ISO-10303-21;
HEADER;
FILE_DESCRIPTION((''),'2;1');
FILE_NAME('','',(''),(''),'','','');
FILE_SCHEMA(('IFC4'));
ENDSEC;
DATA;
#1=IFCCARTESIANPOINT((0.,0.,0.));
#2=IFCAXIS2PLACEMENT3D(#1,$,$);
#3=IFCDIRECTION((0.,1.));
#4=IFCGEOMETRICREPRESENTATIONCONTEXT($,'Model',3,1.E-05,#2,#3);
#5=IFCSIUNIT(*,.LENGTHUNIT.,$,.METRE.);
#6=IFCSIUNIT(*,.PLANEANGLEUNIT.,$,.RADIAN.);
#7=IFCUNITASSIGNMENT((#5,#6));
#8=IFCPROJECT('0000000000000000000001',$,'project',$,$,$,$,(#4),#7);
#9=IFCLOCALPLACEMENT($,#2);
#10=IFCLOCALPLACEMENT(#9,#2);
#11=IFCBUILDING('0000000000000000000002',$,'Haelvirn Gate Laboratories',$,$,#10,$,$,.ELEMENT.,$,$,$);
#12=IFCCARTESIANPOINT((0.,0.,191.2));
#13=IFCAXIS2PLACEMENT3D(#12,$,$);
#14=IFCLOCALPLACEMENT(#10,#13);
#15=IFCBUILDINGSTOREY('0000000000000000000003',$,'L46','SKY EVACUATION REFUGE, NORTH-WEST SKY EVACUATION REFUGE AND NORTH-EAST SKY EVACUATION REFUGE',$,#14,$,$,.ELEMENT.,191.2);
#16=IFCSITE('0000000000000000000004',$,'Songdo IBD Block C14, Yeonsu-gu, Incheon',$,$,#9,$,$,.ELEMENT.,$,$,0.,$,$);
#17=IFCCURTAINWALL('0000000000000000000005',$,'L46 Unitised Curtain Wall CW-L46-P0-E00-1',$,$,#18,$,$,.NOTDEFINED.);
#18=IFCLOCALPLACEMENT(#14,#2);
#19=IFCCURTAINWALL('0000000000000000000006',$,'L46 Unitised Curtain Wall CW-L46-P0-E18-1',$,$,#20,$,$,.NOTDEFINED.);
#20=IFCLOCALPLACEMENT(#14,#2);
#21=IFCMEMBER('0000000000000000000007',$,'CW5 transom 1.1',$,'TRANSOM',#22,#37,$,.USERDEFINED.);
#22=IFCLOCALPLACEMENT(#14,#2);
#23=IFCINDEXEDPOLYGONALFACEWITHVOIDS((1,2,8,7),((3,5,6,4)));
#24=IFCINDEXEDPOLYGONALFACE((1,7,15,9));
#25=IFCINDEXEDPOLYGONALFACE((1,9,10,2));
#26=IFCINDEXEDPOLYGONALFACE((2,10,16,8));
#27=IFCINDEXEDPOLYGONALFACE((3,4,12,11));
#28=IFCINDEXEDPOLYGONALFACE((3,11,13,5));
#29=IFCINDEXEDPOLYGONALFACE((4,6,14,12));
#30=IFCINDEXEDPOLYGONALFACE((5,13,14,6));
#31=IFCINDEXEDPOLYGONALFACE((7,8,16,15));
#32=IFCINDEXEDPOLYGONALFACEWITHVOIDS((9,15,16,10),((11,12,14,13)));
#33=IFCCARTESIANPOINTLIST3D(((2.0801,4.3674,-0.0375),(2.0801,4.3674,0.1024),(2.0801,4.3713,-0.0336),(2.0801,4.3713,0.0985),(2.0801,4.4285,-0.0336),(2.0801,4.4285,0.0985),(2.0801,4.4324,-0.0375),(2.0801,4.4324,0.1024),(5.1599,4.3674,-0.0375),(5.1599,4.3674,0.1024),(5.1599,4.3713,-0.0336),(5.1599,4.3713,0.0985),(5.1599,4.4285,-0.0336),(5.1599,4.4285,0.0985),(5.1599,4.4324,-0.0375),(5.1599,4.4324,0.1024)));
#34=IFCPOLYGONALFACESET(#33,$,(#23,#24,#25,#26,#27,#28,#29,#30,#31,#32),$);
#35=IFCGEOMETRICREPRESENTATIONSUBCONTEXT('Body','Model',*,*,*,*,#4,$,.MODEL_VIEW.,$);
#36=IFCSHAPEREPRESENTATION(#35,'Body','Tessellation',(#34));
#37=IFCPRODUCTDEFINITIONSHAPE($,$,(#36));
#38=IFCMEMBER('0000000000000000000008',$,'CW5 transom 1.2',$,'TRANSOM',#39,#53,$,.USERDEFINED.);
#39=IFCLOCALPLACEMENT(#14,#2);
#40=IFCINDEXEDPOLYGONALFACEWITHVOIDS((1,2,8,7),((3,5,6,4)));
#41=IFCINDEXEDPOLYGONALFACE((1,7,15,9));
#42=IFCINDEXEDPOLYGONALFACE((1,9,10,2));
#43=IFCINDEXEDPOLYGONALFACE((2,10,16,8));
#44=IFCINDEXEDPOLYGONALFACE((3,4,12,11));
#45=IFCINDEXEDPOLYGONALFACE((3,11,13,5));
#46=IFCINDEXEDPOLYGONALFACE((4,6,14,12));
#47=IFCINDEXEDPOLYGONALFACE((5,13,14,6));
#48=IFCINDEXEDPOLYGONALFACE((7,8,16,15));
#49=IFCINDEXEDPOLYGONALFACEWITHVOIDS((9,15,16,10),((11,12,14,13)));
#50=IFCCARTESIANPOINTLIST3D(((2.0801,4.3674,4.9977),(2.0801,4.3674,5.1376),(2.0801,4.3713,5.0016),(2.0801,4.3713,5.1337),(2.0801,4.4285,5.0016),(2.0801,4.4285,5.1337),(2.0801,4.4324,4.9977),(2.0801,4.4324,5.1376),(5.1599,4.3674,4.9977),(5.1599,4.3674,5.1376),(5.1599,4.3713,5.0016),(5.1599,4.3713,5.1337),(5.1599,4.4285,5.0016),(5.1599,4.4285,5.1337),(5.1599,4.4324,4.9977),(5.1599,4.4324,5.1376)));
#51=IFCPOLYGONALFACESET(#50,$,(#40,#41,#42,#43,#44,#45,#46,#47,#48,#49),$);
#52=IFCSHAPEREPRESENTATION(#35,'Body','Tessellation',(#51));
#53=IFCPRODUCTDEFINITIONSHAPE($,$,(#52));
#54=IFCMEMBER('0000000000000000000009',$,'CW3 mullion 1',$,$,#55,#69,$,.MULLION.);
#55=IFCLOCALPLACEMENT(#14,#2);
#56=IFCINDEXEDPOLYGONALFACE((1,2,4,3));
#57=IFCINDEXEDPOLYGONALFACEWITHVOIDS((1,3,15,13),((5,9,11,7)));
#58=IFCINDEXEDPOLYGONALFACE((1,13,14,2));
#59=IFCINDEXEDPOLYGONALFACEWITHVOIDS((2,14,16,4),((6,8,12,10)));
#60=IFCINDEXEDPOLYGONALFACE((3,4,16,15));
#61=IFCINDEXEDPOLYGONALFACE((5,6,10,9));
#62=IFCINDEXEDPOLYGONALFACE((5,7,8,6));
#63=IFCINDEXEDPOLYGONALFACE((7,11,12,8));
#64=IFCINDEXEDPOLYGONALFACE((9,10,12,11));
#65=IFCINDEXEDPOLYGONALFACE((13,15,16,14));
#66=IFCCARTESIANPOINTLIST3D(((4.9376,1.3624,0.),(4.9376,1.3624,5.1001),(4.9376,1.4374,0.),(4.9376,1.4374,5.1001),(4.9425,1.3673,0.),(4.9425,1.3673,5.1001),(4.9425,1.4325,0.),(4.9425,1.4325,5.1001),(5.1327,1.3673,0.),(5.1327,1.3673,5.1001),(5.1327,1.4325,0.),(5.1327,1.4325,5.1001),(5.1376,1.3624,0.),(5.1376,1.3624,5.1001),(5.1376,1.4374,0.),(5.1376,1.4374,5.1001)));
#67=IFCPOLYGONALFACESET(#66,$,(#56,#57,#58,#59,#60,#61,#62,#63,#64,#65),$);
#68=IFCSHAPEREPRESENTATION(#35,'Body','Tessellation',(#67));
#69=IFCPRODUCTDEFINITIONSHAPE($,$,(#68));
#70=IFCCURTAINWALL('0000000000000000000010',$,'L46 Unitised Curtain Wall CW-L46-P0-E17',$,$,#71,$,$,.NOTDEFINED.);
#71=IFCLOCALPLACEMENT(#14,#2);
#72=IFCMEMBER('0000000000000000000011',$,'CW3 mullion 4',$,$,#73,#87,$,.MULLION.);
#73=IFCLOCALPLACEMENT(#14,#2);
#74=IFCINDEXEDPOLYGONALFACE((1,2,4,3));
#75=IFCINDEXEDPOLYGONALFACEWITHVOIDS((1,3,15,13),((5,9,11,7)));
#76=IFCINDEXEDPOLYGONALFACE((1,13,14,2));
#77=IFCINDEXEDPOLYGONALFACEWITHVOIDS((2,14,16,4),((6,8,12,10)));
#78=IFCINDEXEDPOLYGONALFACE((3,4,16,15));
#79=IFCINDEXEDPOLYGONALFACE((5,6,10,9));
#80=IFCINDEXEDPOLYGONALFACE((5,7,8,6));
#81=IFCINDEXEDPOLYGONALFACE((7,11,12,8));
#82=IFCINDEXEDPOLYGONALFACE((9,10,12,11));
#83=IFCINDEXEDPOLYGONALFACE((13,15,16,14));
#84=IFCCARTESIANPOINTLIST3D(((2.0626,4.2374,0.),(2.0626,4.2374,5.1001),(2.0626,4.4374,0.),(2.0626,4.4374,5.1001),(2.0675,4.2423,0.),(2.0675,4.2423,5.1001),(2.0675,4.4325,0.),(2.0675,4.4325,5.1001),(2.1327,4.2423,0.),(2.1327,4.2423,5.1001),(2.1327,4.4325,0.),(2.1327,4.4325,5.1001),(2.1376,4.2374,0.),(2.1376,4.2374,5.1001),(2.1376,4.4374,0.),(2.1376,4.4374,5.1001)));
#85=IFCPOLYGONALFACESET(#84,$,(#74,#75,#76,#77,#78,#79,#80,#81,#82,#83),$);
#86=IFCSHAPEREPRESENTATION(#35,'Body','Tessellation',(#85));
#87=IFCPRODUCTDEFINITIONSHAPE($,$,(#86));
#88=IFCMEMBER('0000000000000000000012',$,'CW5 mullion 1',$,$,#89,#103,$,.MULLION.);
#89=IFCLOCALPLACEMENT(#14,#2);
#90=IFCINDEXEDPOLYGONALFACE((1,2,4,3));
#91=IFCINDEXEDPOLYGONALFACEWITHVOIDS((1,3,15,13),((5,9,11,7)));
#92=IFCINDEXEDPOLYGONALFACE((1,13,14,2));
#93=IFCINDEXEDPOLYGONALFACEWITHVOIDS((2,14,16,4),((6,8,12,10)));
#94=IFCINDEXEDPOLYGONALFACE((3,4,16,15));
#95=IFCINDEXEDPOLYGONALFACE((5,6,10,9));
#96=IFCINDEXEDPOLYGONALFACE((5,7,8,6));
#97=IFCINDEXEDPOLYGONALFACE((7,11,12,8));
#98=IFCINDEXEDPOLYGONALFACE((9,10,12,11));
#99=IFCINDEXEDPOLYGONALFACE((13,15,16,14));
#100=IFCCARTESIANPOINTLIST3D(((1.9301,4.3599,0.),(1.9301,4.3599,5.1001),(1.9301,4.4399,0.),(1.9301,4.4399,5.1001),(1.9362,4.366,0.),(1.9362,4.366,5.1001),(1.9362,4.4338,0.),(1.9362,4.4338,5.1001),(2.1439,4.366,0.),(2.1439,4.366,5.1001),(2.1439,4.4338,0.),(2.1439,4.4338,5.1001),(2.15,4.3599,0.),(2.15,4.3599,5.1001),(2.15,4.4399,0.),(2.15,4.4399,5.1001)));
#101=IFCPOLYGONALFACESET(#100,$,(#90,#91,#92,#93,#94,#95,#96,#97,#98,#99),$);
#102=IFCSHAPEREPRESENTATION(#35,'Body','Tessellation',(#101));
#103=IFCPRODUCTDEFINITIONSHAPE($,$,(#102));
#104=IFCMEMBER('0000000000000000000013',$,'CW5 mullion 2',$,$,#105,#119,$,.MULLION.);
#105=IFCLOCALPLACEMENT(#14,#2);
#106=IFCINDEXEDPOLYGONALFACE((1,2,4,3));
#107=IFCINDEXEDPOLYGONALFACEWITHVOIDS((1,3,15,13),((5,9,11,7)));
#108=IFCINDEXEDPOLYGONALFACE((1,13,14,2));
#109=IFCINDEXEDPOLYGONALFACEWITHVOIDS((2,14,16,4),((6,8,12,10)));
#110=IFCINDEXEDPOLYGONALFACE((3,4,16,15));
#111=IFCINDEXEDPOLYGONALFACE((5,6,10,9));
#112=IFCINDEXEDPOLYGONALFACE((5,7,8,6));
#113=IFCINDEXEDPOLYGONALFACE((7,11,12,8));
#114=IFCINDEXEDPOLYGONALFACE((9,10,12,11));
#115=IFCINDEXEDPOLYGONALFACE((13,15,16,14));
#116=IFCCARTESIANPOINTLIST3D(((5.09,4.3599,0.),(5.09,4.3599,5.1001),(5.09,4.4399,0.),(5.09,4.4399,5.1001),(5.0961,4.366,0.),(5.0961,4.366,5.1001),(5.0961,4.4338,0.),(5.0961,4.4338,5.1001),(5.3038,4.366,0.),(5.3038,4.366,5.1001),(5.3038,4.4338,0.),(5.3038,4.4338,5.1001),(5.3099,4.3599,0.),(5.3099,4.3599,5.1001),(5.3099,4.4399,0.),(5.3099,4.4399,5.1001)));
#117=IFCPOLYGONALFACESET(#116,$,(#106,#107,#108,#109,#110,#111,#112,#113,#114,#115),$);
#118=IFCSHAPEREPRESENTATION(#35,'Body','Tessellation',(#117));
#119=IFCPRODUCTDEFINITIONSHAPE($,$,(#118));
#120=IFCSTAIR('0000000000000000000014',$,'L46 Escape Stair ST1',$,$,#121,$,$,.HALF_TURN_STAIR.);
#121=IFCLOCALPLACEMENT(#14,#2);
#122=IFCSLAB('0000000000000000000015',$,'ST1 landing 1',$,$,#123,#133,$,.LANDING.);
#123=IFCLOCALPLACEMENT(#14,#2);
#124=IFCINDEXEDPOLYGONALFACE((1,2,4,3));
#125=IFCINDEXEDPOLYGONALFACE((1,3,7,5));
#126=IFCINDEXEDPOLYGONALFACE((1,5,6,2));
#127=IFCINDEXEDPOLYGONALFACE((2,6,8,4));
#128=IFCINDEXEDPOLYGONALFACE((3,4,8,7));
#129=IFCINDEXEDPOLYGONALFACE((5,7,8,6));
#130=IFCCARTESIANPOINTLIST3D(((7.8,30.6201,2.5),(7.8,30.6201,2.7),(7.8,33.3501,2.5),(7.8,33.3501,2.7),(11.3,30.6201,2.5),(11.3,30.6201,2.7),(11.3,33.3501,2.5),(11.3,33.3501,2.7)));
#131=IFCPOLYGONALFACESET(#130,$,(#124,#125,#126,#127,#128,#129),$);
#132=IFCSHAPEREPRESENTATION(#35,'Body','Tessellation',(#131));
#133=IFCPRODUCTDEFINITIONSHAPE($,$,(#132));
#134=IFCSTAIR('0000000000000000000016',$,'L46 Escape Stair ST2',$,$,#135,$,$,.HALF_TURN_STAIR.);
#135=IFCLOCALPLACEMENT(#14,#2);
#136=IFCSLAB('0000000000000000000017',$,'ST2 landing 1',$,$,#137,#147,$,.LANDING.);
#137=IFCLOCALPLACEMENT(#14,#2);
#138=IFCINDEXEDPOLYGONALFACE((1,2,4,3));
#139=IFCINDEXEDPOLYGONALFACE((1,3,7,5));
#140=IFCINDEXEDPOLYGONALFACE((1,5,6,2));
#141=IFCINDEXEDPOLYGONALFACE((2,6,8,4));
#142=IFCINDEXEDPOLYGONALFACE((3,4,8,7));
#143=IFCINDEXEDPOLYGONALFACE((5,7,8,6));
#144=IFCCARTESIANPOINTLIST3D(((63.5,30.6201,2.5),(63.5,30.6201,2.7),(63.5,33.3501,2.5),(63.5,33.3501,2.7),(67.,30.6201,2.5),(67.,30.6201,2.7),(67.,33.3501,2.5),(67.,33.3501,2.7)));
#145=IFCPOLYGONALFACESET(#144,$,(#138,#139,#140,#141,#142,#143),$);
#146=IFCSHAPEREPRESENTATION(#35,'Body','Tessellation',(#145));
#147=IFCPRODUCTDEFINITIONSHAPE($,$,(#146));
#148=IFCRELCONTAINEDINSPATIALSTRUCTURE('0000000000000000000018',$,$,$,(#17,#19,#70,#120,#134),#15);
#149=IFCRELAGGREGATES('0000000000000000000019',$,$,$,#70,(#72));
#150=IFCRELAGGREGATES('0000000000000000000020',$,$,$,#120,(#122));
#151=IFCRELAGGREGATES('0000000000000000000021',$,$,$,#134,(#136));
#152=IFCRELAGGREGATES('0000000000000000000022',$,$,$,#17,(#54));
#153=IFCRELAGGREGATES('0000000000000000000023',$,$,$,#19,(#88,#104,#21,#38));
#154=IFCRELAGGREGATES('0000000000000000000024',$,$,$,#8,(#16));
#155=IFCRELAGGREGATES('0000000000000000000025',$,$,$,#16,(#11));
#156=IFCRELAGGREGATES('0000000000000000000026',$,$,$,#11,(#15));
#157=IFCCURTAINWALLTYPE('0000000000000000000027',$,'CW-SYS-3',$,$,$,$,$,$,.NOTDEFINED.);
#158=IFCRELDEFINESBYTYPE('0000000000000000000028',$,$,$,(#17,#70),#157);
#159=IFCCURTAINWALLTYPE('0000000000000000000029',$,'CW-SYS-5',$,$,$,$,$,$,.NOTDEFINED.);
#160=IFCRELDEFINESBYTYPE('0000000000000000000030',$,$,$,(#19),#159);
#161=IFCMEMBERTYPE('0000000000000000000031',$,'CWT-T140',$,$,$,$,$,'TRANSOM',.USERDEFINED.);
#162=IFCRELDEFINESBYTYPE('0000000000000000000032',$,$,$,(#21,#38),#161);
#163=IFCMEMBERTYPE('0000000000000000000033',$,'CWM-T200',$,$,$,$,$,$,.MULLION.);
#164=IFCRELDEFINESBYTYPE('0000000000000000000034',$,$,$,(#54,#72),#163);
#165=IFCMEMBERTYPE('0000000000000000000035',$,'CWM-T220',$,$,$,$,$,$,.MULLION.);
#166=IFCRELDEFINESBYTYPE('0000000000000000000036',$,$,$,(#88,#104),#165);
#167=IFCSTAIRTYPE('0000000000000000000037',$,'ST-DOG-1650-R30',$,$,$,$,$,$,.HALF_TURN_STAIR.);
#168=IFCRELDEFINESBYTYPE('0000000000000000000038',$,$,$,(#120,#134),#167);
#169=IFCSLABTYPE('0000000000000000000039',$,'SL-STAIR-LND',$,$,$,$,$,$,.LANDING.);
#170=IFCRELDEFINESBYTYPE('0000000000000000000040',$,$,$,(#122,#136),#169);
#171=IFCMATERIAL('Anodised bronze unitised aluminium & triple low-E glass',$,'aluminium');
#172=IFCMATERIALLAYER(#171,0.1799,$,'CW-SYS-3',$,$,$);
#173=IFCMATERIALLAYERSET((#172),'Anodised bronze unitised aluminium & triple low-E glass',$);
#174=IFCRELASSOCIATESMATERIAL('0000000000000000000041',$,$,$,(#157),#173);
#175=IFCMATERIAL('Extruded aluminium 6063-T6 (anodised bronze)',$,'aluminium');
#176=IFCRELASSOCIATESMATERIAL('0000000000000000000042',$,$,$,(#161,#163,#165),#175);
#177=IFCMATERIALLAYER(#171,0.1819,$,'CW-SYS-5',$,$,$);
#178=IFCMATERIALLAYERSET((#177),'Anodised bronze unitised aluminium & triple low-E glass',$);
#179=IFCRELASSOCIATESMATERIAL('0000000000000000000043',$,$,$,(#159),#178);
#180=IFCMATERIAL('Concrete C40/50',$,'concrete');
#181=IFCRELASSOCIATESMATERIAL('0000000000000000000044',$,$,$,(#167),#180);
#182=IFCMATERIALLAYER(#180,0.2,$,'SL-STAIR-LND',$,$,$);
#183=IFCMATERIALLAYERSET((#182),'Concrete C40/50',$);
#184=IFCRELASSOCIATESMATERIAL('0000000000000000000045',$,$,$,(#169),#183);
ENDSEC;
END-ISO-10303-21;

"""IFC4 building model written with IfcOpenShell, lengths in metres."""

from ifc_helpers import new_model, si_unit, direction, frame, origin, origin_2d, place, context, subcontext, project, spatial, polyline, hollow_rectangle, outline, extrude, source, transform, mapped, material, layer, layer_set, material_profile, profile_set, type_object, type_shapes, element, aggregate, save


model = new_model("IFC4")

# Units and contexts
model_context = context("Model", 3, precision=1e-05, world=origin(), true_north=direction((0.0, 1.0)))
body_context = subcontext(model_context, "Body", "Model", "MODEL_VIEW")
ifc_project = project(units=[si_unit("LENGTHUNIT", "METRE"), si_unit("PLANEANGLEUNIT", "RADIAN")], contexts=[model_context])

# Site, building, storey
site_placement = place(None, origin())
site = spatial("IfcSite", under=ifc_project, at=site_placement, Name="Songdo IBD Block C14, Yeonsu-gu, Incheon", CompositionType="ELEMENT", RefElevation=0.0)
building_placement = place(site_placement, origin())
building = spatial("IfcBuilding", under=site, at=building_placement, Name="Haelvirn Gate Laboratories", CompositionType="ELEMENT")
storey_placement = place(building_placement, frame((0.0, 0.0, 191.2)))
storey = spatial("IfcBuildingStorey", under=building, at=storey_placement, Name="L46", Description="SKY EVACUATION REFUGE, NORTH-WEST SKY EVACUATION REFUGE AND NORTH-EAST SKY EVACUATION REFUGE", CompositionType="ELEMENT", Elevation=191.2)

# Curtain walls, members
ifc_material_1 = material(Name="Anodised bronze unitised aluminium & triple low-E glass", Category="aluminium")
ifc_layer_1 = layer(ifc_material_1, 0.1799, Name="CW-SYS-3")
ifc_layer_set_1 = layer_set([ifc_layer_1], Name="Anodised bronze unitised aluminium & triple low-E glass")
curtain_wall_type_1 = type_object("IfcCurtainWallType", Name="CW-SYS-3", PredefinedType="NOTDEFINED", material=ifc_layer_set_1)
curtain_wall_1_placement = place(storey_placement, origin())
curtain_wall_1 = element("IfcCurtainWall", 1, at=curtain_wall_1_placement, inside=storey, type_object=curtain_wall_type_1, Name="L46 Unitised Curtain Wall CW-L46-P0-E00-1", PredefinedType="NOTDEFINED")
ifc_material_2 = material(Name="Extruded aluminium 6063-T6 (anodised bronze)", Category="aluminium")
ifc_material_profile_1 = material_profile(ifc_material_2, hollow_rectangle(XDim=0.0649, YDim=0.1399, WallThickness=0.0039, at=origin_2d()), Name="CWT-140x65x4")
ifc_profile_set_1 = profile_set([ifc_material_profile_1], Name="Extruded aluminium 6063-T6 (anodised bronze)")
member_type_1 = type_object("IfcMemberType", Name="CWT-T140", ElementType="TRANSOM", PredefinedType="USERDEFINED", material=ifc_profile_set_1)
ifc_layer_2 = layer(ifc_material_1, 0.1819, Name="CW-SYS-5")
ifc_layer_set_2 = layer_set([ifc_layer_2], Name="Anodised bronze unitised aluminium & triple low-E glass")
curtain_wall_type_2 = type_object("IfcCurtainWallType", Name="CW-SYS-5", PredefinedType="NOTDEFINED", material=ifc_layer_set_2)
curtain_wall_2_placement = place(storey_placement, origin())
curtain_wall_2 = element("IfcCurtainWall", 2, at=curtain_wall_2_placement, inside=storey, type_object=curtain_wall_type_2, Name="L46 Unitised Curtain Wall CW-L46-P0-E18-1", PredefinedType="NOTDEFINED")
shared_shape_1 = source(origin(), body_context, "Body", "SweptSolid", [
    extrude(hollow_rectangle(XDim=0.0649, YDim=0.1399, WallThickness=0.0039, at=origin_2d()), origin(), (0.0, 0.0, 1.0), 3.0798),
])
member_1_placement = place(storey_placement, frame((2.0801, 4.3999, 0.0325), z_axis=(1.0, 0.0, 0.0), x_axis=(0.0, 1.0, 0.0)))
member_1 = element("IfcMember", 3, at=member_1_placement, type_object=member_type_1, Name="CW5 transom 1.1", ObjectType="TRANSOM", PredefinedType="USERDEFINED", context=body_context, shape_type="MappedRepresentation", body=[
    mapped(shared_shape_1, transform((0.0, 0.0, 0.0), scale=1.0)),
])
member_2_placement = place(storey_placement, frame((2.0801, 4.3999, 5.0676), z_axis=(1.0, 0.0, 0.0), x_axis=(0.0, 1.0, 0.0)))
member_2 = element("IfcMember", 4, at=member_2_placement, type_object=member_type_1, Name="CW5 transom 1.2", ObjectType="TRANSOM", PredefinedType="USERDEFINED", context=body_context, shape_type="MappedRepresentation", body=[
    mapped(shared_shape_1, transform((0.0, 0.0, 0.0), scale=1.0)),
])

# Member
ifc_material_profile_2 = material_profile(ifc_material_2, hollow_rectangle(XDim=0.075, YDim=0.2, WallThickness=0.0049, at=origin_2d()), Name="CWM-200x75x5")
ifc_profile_set_2 = profile_set([ifc_material_profile_2], Name="Extruded aluminium 6063-T6 (anodised bronze)")
member_type_2 = type_object("IfcMemberType", Name="CWM-T200", PredefinedType="MULLION", material=ifc_profile_set_2)
shared_shape_2 = source(origin(), body_context, "Body", "SweptSolid", [
    extrude(hollow_rectangle(XDim=0.075, YDim=0.2, WallThickness=0.0049, at=origin_2d()), origin(), (0.0, 0.0, 1.0), 5.1001),
])
type_shapes(member_type_2, [shared_shape_2])
member_3_placement = place(storey_placement, frame((5.0376, 1.3999, 0.0), z_axis=(0.0, 0.0, 1.0), x_axis=(0.0, 1.0, 0.0)))
member_3 = element("IfcMember", 5, at=member_3_placement, type_object=member_type_2, Name="CW3 mullion 1", PredefinedType="MULLION", context=body_context, shape_type="MappedRepresentation", body=[
    mapped(shared_shape_2, transform((0.0, 0.0, 0.0), scale=1.0)),
])

# Curtain wall, member
curtain_wall_3_placement = place(storey_placement, origin())
curtain_wall_3 = element("IfcCurtainWall", 6, at=curtain_wall_3_placement, inside=storey, type_object=curtain_wall_type_1, Name="L46 Unitised Curtain Wall CW-L46-P0-E17", PredefinedType="NOTDEFINED")
member_4_placement = place(storey_placement, frame((2.1001, 4.3374, 0.0), z_axis=(0.0, 0.0, 1.0), x_axis=(1.0, 0.0, 0.0)))
member_4 = element("IfcMember", 7, at=member_4_placement, type_object=member_type_2, Name="CW3 mullion 4", PredefinedType="MULLION", context=body_context, shape_type="MappedRepresentation", body=[
    mapped(shared_shape_2, transform((0.0, 0.0, 0.0), scale=1.0)),
])
aggregate(curtain_wall_3, [member_4])

# Members
ifc_material_profile_3 = material_profile(ifc_material_2, hollow_rectangle(XDim=0.0801, YDim=0.22, WallThickness=0.0061, at=origin_2d()), Name="CWM-220x80x6")
ifc_profile_set_3 = profile_set([ifc_material_profile_3], Name="Extruded aluminium 6063-T6 (anodised bronze)")
member_type_3 = type_object("IfcMemberType", Name="CWM-T220", PredefinedType="MULLION", material=ifc_profile_set_3)
shared_shape_3 = source(origin(), body_context, "Body", "SweptSolid", [
    extrude(hollow_rectangle(XDim=0.0801, YDim=0.22, WallThickness=0.0061, at=origin_2d()), origin(), (0.0, 0.0, 1.0), 5.1001),
])
type_shapes(member_type_3, [shared_shape_3])
member_5_placement = place(storey_placement, frame((2.04, 4.3999, 0.0), z_axis=(0.0, 0.0, 1.0), x_axis=(0.0, 1.0, 0.0)))
member_5 = element("IfcMember", 8, at=member_5_placement, type_object=member_type_3, Name="CW5 mullion 1", PredefinedType="MULLION", context=body_context, shape_type="MappedRepresentation", body=[
    mapped(shared_shape_3, transform((0.0, 0.0, 0.0), scale=1.0)),
])
member_6_placement = place(storey_placement, frame((5.2, 4.3999, 0.0), z_axis=(0.0, 0.0, 1.0), x_axis=(0.0, 1.0, 0.0)))
member_6 = element("IfcMember", 9, at=member_6_placement, type_object=member_type_3, Name="CW5 mullion 2", PredefinedType="MULLION", context=body_context, shape_type="MappedRepresentation", body=[
    mapped(shared_shape_3, transform((0.0, 0.0, 0.0), scale=1.0)),
])

# Stairs, slabs
ifc_material_3 = material(Name="Concrete C40/50", Category="concrete")
stair_type = type_object("IfcStairType", Name="ST-DOG-1650-R30", PredefinedType="HALF_TURN_STAIR", material=ifc_material_3)
stair_1_placement = place(storey_placement, origin())
stair_1 = element("IfcStair", 10, at=stair_1_placement, inside=storey, type_object=stair_type, Name="L46 Escape Stair ST1", PredefinedType="HALF_TURN_STAIR")
ifc_layer_3 = layer(ifc_material_3, 0.2, Name="SL-STAIR-LND")
ifc_layer_set_3 = layer_set([ifc_layer_3], Name="Concrete C40/50")
slab_type_1 = type_object("IfcSlabType", Name="SL-STAIR-LND", PredefinedType="LANDING", material=ifc_layer_set_3)
slab_1_placement = place(storey_placement, frame((0.0, 0.0, 2.5)))
slab_1 = element("IfcSlab", 11, at=slab_1_placement, type_object=slab_type_1, Name="ST1 landing 1", PredefinedType="LANDING", context=body_context, shape_type="SweptSolid", body=[
    extrude(outline(polyline([(11.3, 30.6201), (11.3, 33.3501), (7.8, 33.3501), (7.8, 30.6201), (11.3, 30.6201)])), origin(), (0.0, 0.0, 1.0), 0.2),
])
aggregate(stair_1, [slab_1])
stair_2_placement = place(storey_placement, origin())
stair_2 = element("IfcStair", 12, at=stair_2_placement, inside=storey, type_object=stair_type, Name="L46 Escape Stair ST2", PredefinedType="HALF_TURN_STAIR")
slab_2_placement = place(storey_placement, frame((0.0, 0.0, 2.5)))
slab_2 = element("IfcSlab", 13, at=slab_2_placement, type_object=slab_type_1, Name="ST2 landing 1", PredefinedType="LANDING", context=body_context, shape_type="SweptSolid", body=[
    extrude(outline(polyline([(67.0, 30.6201), (67.0, 33.3501), (63.5, 33.3501), (63.5, 30.6201), (67.0, 30.6201)])), origin(), (0.0, 0.0, 1.0), 0.2),
])
aggregate(stair_2, [slab_2])

aggregate(curtain_wall_1, [member_3])
aggregate(curtain_wall_2, [member_5, member_6, member_1, member_2])

save(model, "model.ifc")
